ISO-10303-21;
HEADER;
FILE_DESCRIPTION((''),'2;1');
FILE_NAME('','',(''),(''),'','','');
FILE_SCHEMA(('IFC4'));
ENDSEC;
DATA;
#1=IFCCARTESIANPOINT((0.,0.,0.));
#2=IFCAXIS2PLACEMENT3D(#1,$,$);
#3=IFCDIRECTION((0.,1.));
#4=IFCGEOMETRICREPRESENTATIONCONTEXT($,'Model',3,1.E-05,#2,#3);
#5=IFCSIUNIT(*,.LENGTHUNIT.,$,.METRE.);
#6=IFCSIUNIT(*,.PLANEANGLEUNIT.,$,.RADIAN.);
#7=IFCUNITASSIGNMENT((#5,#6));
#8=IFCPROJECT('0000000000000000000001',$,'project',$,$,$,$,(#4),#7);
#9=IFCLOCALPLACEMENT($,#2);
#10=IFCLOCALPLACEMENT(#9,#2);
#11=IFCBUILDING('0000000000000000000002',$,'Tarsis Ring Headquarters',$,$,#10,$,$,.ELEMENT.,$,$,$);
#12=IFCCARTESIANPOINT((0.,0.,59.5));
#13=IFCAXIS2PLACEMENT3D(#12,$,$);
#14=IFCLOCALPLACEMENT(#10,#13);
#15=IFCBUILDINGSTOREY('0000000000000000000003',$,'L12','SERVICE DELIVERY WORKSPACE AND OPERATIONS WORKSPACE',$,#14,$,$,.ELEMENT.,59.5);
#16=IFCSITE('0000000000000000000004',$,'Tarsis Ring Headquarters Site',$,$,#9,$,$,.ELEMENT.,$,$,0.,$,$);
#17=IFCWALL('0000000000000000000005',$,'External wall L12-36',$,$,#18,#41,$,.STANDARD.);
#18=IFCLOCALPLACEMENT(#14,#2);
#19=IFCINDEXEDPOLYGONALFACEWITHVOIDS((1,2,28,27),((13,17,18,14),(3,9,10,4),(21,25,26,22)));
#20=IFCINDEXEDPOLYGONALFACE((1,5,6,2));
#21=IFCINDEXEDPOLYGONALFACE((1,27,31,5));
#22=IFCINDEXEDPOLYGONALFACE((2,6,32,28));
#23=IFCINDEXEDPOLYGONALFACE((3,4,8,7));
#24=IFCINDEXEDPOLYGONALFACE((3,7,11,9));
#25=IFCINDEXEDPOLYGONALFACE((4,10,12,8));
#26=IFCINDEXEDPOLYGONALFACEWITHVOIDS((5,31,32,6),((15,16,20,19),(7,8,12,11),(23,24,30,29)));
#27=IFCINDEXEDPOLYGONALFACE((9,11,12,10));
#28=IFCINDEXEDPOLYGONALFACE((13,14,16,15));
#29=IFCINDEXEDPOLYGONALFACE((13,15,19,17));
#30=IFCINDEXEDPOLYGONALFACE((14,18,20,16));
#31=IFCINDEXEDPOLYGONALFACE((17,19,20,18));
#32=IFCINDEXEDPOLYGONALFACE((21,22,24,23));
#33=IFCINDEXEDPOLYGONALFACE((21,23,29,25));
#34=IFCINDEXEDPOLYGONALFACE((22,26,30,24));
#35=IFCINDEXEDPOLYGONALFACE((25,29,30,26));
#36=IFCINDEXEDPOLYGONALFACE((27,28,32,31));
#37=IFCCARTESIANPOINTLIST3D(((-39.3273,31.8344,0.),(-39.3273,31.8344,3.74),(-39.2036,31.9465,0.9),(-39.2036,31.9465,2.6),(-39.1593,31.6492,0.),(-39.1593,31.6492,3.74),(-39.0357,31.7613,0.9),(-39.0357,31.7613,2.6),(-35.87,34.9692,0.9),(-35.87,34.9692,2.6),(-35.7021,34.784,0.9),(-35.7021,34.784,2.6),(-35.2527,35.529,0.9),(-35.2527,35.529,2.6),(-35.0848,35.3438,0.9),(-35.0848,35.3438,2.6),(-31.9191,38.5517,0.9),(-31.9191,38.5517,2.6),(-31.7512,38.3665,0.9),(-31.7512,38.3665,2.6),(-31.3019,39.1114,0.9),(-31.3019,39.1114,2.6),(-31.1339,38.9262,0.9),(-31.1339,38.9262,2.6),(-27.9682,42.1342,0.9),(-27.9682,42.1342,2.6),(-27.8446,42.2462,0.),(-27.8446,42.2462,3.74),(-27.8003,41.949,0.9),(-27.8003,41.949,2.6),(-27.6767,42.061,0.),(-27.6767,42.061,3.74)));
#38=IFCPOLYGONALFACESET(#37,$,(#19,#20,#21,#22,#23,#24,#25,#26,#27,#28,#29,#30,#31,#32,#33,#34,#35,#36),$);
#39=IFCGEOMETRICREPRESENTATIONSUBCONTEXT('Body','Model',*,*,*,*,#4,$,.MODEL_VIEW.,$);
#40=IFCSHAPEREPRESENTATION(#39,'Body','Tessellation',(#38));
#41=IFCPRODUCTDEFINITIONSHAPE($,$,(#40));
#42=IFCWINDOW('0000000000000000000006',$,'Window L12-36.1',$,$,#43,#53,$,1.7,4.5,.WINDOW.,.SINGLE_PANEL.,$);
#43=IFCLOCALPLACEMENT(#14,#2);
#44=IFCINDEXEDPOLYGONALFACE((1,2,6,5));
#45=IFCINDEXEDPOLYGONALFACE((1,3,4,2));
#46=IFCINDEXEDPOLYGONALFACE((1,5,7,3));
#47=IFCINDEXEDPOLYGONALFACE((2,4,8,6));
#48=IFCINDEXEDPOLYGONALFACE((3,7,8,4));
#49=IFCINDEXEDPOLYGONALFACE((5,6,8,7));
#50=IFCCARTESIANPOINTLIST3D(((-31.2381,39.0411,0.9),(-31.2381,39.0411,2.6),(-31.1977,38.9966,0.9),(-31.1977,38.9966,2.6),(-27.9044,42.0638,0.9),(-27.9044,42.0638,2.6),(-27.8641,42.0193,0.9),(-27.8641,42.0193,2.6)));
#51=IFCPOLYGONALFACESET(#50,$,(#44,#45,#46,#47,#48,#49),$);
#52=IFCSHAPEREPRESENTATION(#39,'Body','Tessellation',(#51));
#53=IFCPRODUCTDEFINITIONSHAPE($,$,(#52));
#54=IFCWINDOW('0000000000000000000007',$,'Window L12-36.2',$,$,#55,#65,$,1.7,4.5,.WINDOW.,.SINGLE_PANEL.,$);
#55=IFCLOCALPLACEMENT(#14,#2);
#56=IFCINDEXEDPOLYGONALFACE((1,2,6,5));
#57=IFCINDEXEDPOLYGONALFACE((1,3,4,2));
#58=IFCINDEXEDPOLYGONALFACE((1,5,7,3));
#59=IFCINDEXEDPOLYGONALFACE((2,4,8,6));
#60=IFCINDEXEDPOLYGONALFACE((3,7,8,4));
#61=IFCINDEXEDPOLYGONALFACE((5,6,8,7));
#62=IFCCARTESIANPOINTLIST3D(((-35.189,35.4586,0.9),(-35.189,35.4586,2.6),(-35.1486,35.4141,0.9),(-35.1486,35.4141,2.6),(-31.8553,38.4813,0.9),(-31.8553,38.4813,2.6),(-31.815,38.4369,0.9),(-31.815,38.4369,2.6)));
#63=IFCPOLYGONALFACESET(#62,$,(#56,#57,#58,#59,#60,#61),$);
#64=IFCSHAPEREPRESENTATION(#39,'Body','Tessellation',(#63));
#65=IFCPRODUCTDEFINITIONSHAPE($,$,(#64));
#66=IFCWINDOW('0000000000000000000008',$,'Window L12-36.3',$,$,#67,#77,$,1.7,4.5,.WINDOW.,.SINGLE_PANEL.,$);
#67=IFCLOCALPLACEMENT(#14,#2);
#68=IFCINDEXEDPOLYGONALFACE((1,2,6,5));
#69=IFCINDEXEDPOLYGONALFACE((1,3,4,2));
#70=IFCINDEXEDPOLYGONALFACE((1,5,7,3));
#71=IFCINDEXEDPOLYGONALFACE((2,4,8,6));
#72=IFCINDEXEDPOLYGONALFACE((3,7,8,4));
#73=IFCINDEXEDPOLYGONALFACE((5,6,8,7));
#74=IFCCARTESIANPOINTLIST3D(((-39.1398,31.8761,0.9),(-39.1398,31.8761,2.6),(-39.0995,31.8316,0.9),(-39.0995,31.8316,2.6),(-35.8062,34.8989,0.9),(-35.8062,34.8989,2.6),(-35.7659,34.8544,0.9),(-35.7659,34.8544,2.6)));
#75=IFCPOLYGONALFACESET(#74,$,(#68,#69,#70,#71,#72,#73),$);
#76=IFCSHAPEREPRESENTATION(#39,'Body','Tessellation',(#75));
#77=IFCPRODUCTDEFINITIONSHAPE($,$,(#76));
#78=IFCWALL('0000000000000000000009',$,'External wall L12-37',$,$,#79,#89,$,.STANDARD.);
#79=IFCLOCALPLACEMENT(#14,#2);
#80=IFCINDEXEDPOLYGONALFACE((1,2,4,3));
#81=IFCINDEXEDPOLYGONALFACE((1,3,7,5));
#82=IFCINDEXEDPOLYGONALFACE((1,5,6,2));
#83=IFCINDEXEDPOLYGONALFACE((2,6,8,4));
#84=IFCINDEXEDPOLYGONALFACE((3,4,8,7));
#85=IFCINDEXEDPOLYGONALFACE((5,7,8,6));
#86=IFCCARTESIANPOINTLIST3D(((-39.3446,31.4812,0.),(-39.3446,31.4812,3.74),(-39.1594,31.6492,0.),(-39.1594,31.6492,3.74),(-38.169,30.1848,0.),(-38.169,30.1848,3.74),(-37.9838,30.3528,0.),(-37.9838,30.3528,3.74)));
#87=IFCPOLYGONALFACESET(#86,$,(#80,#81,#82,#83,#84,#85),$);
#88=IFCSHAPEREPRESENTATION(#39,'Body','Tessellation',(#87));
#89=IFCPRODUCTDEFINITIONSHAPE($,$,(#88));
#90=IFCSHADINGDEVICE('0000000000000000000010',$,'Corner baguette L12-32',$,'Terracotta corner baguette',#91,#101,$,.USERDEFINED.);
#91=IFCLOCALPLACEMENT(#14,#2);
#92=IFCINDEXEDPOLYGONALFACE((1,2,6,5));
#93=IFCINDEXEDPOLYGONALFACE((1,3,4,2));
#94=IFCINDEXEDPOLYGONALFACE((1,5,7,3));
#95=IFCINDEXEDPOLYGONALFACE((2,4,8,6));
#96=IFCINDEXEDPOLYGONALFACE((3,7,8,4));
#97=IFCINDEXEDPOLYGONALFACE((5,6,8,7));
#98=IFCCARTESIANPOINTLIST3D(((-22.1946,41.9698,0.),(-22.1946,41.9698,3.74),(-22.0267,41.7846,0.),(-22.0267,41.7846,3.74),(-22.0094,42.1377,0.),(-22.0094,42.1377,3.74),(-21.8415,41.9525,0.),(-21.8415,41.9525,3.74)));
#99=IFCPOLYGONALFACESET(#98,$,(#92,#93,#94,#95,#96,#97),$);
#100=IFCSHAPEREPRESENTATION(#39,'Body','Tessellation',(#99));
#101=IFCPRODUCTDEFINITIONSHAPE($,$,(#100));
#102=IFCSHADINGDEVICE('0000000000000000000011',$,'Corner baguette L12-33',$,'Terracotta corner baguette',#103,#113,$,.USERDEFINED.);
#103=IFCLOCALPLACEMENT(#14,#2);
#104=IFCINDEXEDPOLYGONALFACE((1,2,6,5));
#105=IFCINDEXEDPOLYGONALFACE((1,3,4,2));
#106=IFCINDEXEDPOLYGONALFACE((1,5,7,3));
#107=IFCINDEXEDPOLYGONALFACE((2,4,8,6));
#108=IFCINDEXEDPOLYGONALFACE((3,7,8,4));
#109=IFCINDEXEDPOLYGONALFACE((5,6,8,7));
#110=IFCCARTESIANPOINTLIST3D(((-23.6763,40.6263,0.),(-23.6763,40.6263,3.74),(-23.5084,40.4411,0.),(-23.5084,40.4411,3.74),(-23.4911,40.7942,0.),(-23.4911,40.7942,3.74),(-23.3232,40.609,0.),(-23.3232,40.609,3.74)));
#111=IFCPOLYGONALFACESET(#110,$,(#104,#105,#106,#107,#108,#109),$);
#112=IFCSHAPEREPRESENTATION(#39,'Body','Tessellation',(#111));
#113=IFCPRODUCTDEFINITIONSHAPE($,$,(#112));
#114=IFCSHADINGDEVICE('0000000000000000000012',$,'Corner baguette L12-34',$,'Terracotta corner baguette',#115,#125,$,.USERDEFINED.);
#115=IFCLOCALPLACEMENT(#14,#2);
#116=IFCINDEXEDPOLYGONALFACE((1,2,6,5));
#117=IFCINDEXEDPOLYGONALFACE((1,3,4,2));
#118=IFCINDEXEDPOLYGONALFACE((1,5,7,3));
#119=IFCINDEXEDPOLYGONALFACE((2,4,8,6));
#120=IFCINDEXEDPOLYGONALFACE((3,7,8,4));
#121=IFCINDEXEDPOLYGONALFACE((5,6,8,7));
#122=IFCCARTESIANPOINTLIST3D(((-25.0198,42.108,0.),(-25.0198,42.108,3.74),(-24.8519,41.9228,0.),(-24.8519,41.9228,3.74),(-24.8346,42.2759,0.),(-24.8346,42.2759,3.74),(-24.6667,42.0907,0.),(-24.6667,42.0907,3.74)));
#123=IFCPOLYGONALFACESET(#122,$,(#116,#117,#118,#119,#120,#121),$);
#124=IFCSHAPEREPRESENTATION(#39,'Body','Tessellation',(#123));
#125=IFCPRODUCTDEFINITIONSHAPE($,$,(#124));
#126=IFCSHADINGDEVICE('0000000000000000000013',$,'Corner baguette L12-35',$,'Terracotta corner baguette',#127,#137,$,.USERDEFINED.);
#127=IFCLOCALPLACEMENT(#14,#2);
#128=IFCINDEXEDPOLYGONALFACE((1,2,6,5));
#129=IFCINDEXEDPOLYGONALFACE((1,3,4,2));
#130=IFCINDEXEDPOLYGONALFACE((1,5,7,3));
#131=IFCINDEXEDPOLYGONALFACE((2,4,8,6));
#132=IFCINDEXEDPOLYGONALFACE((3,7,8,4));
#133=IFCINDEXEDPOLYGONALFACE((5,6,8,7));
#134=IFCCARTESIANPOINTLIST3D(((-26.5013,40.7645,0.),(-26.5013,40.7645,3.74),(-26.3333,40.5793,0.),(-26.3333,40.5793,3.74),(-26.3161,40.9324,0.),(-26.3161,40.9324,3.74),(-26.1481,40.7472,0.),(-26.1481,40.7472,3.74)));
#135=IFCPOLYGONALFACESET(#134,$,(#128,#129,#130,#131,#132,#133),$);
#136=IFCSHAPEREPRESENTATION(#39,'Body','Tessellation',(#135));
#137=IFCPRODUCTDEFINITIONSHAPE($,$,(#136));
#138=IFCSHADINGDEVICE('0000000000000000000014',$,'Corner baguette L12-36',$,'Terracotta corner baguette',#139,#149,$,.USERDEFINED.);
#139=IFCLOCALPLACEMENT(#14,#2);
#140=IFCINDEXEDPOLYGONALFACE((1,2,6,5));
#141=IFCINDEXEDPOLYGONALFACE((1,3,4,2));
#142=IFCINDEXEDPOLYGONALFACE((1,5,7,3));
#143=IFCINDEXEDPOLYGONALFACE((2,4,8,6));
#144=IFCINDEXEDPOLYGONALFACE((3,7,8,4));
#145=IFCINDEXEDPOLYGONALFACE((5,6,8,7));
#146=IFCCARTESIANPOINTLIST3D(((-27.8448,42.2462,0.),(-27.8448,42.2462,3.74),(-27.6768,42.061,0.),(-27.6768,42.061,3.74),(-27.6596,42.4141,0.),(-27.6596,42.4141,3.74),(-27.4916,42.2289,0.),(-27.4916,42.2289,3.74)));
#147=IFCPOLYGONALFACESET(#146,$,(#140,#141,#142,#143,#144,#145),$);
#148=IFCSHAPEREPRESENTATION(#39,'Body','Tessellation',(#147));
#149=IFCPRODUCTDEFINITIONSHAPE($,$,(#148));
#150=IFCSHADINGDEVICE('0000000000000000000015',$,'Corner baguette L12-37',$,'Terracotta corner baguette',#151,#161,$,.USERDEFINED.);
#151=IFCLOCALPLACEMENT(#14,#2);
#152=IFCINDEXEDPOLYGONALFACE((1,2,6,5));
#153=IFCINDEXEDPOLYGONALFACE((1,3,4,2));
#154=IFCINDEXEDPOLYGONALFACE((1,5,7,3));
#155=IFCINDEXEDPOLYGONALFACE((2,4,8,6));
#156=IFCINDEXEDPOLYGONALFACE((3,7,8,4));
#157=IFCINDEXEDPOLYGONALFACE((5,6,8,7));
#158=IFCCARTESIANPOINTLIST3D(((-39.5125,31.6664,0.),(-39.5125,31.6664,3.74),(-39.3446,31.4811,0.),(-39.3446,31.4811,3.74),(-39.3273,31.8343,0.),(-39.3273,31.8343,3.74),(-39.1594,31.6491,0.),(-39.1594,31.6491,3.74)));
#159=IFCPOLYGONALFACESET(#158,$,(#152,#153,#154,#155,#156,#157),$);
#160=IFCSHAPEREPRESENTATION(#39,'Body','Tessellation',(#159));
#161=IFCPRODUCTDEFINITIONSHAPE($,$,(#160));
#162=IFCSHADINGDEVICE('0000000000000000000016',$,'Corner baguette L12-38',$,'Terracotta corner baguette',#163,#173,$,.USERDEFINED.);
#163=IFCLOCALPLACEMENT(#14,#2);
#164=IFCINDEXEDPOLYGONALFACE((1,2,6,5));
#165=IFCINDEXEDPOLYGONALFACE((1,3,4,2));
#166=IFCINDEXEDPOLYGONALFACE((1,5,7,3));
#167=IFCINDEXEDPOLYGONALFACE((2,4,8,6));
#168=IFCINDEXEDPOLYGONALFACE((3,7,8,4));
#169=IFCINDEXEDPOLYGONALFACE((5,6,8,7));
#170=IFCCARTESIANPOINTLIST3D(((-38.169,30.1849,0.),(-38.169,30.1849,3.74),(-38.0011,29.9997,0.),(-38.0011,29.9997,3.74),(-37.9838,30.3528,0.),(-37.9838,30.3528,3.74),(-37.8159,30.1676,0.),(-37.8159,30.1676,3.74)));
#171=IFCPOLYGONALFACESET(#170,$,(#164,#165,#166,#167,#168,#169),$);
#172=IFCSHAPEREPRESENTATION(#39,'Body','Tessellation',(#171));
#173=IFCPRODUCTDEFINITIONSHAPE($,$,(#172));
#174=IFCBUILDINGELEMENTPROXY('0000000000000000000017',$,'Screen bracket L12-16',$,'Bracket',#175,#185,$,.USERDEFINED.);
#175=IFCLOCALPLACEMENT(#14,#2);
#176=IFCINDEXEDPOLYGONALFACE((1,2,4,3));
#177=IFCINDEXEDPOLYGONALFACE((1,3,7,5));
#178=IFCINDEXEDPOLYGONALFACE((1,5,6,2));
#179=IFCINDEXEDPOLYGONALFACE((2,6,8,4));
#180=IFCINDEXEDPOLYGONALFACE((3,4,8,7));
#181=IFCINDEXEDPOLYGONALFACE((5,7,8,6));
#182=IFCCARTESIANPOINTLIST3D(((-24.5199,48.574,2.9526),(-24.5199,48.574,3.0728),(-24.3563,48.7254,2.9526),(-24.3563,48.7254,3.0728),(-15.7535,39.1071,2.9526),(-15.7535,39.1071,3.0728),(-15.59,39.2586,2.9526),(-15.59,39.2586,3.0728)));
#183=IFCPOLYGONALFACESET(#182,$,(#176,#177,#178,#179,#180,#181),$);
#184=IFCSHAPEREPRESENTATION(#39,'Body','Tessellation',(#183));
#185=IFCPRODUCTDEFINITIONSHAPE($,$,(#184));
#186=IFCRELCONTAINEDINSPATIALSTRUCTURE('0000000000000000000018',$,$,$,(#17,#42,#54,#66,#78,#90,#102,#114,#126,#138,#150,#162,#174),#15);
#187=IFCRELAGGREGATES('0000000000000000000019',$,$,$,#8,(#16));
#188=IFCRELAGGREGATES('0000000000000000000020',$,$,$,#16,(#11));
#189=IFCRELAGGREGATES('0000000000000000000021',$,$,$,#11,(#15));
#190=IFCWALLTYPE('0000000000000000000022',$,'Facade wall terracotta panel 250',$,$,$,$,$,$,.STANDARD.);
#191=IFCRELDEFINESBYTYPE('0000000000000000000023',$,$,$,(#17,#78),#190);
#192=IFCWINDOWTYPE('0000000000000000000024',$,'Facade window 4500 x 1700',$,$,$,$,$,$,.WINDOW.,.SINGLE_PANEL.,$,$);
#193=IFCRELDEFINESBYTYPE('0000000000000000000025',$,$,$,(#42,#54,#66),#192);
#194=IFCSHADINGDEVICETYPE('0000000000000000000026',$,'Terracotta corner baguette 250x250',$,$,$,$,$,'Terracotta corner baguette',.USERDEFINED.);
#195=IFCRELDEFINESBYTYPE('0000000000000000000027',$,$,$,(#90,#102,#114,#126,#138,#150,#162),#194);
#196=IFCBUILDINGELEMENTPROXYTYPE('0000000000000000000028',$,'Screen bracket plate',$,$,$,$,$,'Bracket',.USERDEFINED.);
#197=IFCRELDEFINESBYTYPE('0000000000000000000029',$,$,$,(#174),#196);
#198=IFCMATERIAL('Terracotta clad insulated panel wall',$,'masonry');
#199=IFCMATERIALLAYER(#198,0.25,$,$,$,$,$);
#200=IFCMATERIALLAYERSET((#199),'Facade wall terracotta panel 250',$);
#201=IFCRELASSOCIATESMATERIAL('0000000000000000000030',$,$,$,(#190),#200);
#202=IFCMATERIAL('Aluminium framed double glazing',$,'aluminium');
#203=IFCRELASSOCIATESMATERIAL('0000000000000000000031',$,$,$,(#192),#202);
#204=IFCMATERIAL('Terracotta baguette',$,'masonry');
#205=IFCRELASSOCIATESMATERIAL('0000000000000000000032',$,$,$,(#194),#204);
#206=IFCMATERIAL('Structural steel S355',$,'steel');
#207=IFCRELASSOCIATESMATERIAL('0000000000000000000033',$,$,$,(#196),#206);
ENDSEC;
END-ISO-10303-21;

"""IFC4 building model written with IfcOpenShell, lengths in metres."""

from ifc_helpers import new_model, si_unit, direction, frame, frame_2d, origin, origin_2d, place, context, subcontext, project, spatial, rectangle, extrude, material, layer, layer_set, type_object, element, fill, save


model = new_model("IFC4")

# Units and contexts
model_context = context("Model", 3, precision=1e-05, world=origin(), true_north=direction((0.0, 1.0)))
body_context = subcontext(model_context, "Body", "Model", "MODEL_VIEW")
ifc_project = project(units=[si_unit("LENGTHUNIT", "METRE"), si_unit("PLANEANGLEUNIT", "RADIAN")], contexts=[model_context])

# Site, building, storey
site_placement = place(None, origin())
site = spatial("IfcSite", under=ifc_project, at=site_placement, Name="Tarsis Ring Headquarters Site", CompositionType="ELEMENT", RefElevation=0.0)
building_placement = place(site_placement, origin())
building = spatial("IfcBuilding", under=site, at=building_placement, Name="Tarsis Ring Headquarters", CompositionType="ELEMENT")
storey_placement = place(building_placement, frame((0.0, 0.0, 59.5)))
storey = spatial("IfcBuildingStorey", under=building, at=storey_placement, Name="L12", Description="SERVICE DELIVERY WORKSPACE AND OPERATIONS WORKSPACE", CompositionType="ELEMENT", Elevation=59.5)

# Shared definitions
ifc_material_1 = material(Name="Structural steel S355", Category="steel")

# Shared definitions
ifc_material_2 = material(Name="Terracotta clad insulated panel wall", Category="masonry")
ifc_layer_1 = layer(ifc_material_2, 0.25)
ifc_layer_set_1 = layer_set([ifc_layer_1], Name="Facade wall terracotta panel 250")
wall_type_1 = type_object("IfcWallType", Name="Facade wall terracotta panel 250", PredefinedType="STANDARD", material=ifc_layer_set_1)

# Wall, openings, windows
wall_1_placement = place(storey_placement, frame((-27.7607, 42.1536, 0.0), z_axis=(0.0, 0.0, 1.0), x_axis=(-0.740804, -0.671721, 0.0)))
wall_1 = element("IfcWall", 1, at=wall_1_placement, inside=storey, type_object=wall_type_1, Name="External wall L12-36", PredefinedType="STANDARD", context=body_context, shape_type="SweptSolid", body=[
    extrude(rectangle(XDim=15.5002, YDim=0.25, at=frame_2d((7.75, 0.0))), origin(), (0.0, 0.0, 1.0), 3.74),
])
opening_1_placement = place(wall_1_placement, frame((0.1667, 0.0, 0.8999)))
opening_1 = element("IfcOpeningElement", 2, at=opening_1_placement, cuts=wall_1, PredefinedType="OPENING", context=body_context, shape_type="SweptSolid", body=[
    extrude(rectangle(XDim=4.5, YDim=1.7, at=frame_2d((2.25, 0.8501))), frame((0.0, 0.135, 0.0), z_axis=(0.0, -1.0, 0.0), x_axis=(1.0, 0.0, 0.0)), (0.0, 0.0, 1.0), 0.27),
])
opening_2_placement = place(wall_1_placement, frame((5.5, 0.0, 0.8999)))
opening_2 = element("IfcOpeningElement", 3, at=opening_2_placement, cuts=wall_1, PredefinedType="OPENING", context=body_context, shape_type="SweptSolid", body=[
    extrude(rectangle(XDim=4.5, YDim=1.7, at=frame_2d((2.25, 0.8501))), frame((0.0, 0.135, 0.0), z_axis=(0.0, -1.0, 0.0), x_axis=(1.0, 0.0, 0.0)), (0.0, 0.0, 1.0), 0.27),
])
opening_3_placement = place(wall_1_placement, frame((10.8333, 0.0, 0.8999)))
opening_3 = element("IfcOpeningElement", 4, at=opening_3_placement, cuts=wall_1, PredefinedType="OPENING", context=body_context, shape_type="SweptSolid", body=[
    extrude(rectangle(XDim=4.5, YDim=1.7, at=frame_2d((2.25, 0.8501))), frame((0.0, 0.135, 0.0), z_axis=(0.0, -1.0, 0.0), x_axis=(1.0, 0.0, 0.0)), (0.0, 0.0, 1.0), 0.27),
])
ifc_material_3 = material(Name="Aluminium framed double glazing", Category="aluminium")
window_type = type_object("IfcWindowType", Name="Facade window 4500 x 1700", PartitioningType="SINGLE_PANEL", PredefinedType="WINDOW", material=ifc_material_3)
window_1_placement = place(opening_1_placement, origin())
window_1 = element("IfcWindow", 5, at=window_1_placement, inside=storey, type_object=window_type, Name="Window L12-36.1", OverallHeight=1.7, OverallWidth=4.5, PartitioningType="SINGLE_PANEL", PredefinedType="WINDOW", context=body_context, shape_type="SweptSolid", body=[
    extrude(rectangle(XDim=4.5, YDim=1.7, at=frame_2d((2.25, 0.8501))), frame((0.0, 0.03, 0.0), z_axis=(0.0, -1.0, 0.0), x_axis=(1.0, 0.0, 0.0)), (0.0, 0.0, 1.0), 0.0601),
])
fill(opening_1, window_1)
window_2_placement = place(opening_2_placement, origin())
window_2 = element("IfcWindow", 6, at=window_2_placement, inside=storey, type_object=window_type, Name="Window L12-36.2", OverallHeight=1.7, OverallWidth=4.5, PartitioningType="SINGLE_PANEL", PredefinedType="WINDOW", context=body_context, shape_type="SweptSolid", body=[
    extrude(rectangle(XDim=4.5, YDim=1.7, at=frame_2d((2.25, 0.8501))), frame((0.0, 0.03, 0.0), z_axis=(0.0, -1.0, 0.0), x_axis=(1.0, 0.0, 0.0)), (0.0, 0.0, 1.0), 0.0601),
])
fill(opening_2, window_2)
window_3_placement = place(opening_3_placement, origin())
window_3 = element("IfcWindow", 7, at=window_3_placement, inside=storey, type_object=window_type, Name="Window L12-36.3", OverallHeight=1.7, OverallWidth=4.5, PartitioningType="SINGLE_PANEL", PredefinedType="WINDOW", context=body_context, shape_type="SweptSolid", body=[
    extrude(rectangle(XDim=4.5, YDim=1.7, at=frame_2d((2.25, 0.8501))), frame((0.0, 0.03, 0.0), z_axis=(0.0, -1.0, 0.0), x_axis=(1.0, 0.0, 0.0)), (0.0, 0.0, 1.0), 0.0601),
])
fill(opening_3, window_3)

# Wall
wall_2_placement = place(storey_placement, frame((-39.252, 31.5652, 0.0), z_axis=(0.0, 0.0, 1.0), x_axis=(0.671735, -0.740792, 0.0)))
element("IfcWall", 8, at=wall_2_placement, inside=storey, type_object=wall_type_1, Name="External wall L12-37", PredefinedType="STANDARD", context=body_context, shape_type="SweptSolid", body=[
    extrude(rectangle(XDim=1.75, YDim=0.25, at=frame_2d((0.875, 0.0))), origin(), (0.0, 0.0, 1.0), 3.74),
])

# Shading devices
ifc_material_4 = material(Name="Terracotta baguette", Category="masonry")
shading_device_type_1 = type_object("IfcShadingDeviceType", Name="Terracotta corner baguette 250x250", ElementType="Terracotta corner baguette", PredefinedType="USERDEFINED", material=ifc_material_4)
for number, where, z_axis, x_axis, name in (
    (9, (-22.0181, 41.9612, 0.0), (0.0, 0.0, 1.0), (-0.671721, 0.740805, 0.0), "Corner baguette L12-32"),
    (10, (-23.4998, 40.6177, 0.0), (0.0, 0.0, 1.0), (-0.740805, -0.671721, 0.0), "Corner baguette L12-33"),
    (11, (-24.8433, 42.0994, 0.0), (0.0, 0.0, 1.0), (-0.67172, 0.740805, 0.0), "Corner baguette L12-34"),
    (12, (-26.3247, 40.7559, 0.0), (0.0, 0.0, 1.0), (-0.740805, -0.671721, 0.0), "Corner baguette L12-35"),
    (13, (-27.6682, 42.2375, 0.0), (0.0, 0.0, 1.0), (-0.671721, 0.740805, 0.0), "Corner baguette L12-36"),
    (14, (-39.3359, 31.6577, 0.0), (0.0, 0.0, 1.0), (-0.740805, -0.671721, 0.0), "Corner baguette L12-37"),
    (15, (-37.9924, 30.1763, 0.0), (0.0, 0.0, 1.0), (0.671721, -0.740805, 0.0), "Corner baguette L12-38"),
):
    element("IfcShadingDevice", number, at=place(storey_placement, frame(where, z_axis=z_axis, x_axis=x_axis)), inside=storey, type_object=shading_device_type_1, Name=name, ObjectType="Terracotta corner baguette", PredefinedType="USERDEFINED", context=body_context, shape_type="SweptSolid", body=[
        extrude(rectangle(XDim=0.25, YDim=0.25, at=origin_2d()), origin(), (0.0, 0.0, 1.0), 3.74),
    ])

# Building element proxy
building_element_proxy_type = type_object("IfcBuildingElementProxyType", Name="Screen bracket plate", ElementType="Bracket", PredefinedType="USERDEFINED", material=ifc_material_1)
proxy_placement = place(storey_placement, frame((-20.0549, 43.9163, 2.9526), z_axis=(0.0, 0.0, 1.0), x_axis=(-0.679441, 0.73373, 0.0)))
element("IfcBuildingElementProxy", 16, at=proxy_placement, inside=storey, type_object=building_element_proxy_type, Name="Screen bracket L12-16", ObjectType="Bracket", PredefinedType="USERDEFINED", context=body_context, shape_type="SweptSolid", body=[
    extrude(rectangle(XDim=12.9023, YDim=0.2229, at=origin_2d()), origin(), (0.0, 0.0, 1.0), 0.1201),
])

save(model, "model.ifc")
